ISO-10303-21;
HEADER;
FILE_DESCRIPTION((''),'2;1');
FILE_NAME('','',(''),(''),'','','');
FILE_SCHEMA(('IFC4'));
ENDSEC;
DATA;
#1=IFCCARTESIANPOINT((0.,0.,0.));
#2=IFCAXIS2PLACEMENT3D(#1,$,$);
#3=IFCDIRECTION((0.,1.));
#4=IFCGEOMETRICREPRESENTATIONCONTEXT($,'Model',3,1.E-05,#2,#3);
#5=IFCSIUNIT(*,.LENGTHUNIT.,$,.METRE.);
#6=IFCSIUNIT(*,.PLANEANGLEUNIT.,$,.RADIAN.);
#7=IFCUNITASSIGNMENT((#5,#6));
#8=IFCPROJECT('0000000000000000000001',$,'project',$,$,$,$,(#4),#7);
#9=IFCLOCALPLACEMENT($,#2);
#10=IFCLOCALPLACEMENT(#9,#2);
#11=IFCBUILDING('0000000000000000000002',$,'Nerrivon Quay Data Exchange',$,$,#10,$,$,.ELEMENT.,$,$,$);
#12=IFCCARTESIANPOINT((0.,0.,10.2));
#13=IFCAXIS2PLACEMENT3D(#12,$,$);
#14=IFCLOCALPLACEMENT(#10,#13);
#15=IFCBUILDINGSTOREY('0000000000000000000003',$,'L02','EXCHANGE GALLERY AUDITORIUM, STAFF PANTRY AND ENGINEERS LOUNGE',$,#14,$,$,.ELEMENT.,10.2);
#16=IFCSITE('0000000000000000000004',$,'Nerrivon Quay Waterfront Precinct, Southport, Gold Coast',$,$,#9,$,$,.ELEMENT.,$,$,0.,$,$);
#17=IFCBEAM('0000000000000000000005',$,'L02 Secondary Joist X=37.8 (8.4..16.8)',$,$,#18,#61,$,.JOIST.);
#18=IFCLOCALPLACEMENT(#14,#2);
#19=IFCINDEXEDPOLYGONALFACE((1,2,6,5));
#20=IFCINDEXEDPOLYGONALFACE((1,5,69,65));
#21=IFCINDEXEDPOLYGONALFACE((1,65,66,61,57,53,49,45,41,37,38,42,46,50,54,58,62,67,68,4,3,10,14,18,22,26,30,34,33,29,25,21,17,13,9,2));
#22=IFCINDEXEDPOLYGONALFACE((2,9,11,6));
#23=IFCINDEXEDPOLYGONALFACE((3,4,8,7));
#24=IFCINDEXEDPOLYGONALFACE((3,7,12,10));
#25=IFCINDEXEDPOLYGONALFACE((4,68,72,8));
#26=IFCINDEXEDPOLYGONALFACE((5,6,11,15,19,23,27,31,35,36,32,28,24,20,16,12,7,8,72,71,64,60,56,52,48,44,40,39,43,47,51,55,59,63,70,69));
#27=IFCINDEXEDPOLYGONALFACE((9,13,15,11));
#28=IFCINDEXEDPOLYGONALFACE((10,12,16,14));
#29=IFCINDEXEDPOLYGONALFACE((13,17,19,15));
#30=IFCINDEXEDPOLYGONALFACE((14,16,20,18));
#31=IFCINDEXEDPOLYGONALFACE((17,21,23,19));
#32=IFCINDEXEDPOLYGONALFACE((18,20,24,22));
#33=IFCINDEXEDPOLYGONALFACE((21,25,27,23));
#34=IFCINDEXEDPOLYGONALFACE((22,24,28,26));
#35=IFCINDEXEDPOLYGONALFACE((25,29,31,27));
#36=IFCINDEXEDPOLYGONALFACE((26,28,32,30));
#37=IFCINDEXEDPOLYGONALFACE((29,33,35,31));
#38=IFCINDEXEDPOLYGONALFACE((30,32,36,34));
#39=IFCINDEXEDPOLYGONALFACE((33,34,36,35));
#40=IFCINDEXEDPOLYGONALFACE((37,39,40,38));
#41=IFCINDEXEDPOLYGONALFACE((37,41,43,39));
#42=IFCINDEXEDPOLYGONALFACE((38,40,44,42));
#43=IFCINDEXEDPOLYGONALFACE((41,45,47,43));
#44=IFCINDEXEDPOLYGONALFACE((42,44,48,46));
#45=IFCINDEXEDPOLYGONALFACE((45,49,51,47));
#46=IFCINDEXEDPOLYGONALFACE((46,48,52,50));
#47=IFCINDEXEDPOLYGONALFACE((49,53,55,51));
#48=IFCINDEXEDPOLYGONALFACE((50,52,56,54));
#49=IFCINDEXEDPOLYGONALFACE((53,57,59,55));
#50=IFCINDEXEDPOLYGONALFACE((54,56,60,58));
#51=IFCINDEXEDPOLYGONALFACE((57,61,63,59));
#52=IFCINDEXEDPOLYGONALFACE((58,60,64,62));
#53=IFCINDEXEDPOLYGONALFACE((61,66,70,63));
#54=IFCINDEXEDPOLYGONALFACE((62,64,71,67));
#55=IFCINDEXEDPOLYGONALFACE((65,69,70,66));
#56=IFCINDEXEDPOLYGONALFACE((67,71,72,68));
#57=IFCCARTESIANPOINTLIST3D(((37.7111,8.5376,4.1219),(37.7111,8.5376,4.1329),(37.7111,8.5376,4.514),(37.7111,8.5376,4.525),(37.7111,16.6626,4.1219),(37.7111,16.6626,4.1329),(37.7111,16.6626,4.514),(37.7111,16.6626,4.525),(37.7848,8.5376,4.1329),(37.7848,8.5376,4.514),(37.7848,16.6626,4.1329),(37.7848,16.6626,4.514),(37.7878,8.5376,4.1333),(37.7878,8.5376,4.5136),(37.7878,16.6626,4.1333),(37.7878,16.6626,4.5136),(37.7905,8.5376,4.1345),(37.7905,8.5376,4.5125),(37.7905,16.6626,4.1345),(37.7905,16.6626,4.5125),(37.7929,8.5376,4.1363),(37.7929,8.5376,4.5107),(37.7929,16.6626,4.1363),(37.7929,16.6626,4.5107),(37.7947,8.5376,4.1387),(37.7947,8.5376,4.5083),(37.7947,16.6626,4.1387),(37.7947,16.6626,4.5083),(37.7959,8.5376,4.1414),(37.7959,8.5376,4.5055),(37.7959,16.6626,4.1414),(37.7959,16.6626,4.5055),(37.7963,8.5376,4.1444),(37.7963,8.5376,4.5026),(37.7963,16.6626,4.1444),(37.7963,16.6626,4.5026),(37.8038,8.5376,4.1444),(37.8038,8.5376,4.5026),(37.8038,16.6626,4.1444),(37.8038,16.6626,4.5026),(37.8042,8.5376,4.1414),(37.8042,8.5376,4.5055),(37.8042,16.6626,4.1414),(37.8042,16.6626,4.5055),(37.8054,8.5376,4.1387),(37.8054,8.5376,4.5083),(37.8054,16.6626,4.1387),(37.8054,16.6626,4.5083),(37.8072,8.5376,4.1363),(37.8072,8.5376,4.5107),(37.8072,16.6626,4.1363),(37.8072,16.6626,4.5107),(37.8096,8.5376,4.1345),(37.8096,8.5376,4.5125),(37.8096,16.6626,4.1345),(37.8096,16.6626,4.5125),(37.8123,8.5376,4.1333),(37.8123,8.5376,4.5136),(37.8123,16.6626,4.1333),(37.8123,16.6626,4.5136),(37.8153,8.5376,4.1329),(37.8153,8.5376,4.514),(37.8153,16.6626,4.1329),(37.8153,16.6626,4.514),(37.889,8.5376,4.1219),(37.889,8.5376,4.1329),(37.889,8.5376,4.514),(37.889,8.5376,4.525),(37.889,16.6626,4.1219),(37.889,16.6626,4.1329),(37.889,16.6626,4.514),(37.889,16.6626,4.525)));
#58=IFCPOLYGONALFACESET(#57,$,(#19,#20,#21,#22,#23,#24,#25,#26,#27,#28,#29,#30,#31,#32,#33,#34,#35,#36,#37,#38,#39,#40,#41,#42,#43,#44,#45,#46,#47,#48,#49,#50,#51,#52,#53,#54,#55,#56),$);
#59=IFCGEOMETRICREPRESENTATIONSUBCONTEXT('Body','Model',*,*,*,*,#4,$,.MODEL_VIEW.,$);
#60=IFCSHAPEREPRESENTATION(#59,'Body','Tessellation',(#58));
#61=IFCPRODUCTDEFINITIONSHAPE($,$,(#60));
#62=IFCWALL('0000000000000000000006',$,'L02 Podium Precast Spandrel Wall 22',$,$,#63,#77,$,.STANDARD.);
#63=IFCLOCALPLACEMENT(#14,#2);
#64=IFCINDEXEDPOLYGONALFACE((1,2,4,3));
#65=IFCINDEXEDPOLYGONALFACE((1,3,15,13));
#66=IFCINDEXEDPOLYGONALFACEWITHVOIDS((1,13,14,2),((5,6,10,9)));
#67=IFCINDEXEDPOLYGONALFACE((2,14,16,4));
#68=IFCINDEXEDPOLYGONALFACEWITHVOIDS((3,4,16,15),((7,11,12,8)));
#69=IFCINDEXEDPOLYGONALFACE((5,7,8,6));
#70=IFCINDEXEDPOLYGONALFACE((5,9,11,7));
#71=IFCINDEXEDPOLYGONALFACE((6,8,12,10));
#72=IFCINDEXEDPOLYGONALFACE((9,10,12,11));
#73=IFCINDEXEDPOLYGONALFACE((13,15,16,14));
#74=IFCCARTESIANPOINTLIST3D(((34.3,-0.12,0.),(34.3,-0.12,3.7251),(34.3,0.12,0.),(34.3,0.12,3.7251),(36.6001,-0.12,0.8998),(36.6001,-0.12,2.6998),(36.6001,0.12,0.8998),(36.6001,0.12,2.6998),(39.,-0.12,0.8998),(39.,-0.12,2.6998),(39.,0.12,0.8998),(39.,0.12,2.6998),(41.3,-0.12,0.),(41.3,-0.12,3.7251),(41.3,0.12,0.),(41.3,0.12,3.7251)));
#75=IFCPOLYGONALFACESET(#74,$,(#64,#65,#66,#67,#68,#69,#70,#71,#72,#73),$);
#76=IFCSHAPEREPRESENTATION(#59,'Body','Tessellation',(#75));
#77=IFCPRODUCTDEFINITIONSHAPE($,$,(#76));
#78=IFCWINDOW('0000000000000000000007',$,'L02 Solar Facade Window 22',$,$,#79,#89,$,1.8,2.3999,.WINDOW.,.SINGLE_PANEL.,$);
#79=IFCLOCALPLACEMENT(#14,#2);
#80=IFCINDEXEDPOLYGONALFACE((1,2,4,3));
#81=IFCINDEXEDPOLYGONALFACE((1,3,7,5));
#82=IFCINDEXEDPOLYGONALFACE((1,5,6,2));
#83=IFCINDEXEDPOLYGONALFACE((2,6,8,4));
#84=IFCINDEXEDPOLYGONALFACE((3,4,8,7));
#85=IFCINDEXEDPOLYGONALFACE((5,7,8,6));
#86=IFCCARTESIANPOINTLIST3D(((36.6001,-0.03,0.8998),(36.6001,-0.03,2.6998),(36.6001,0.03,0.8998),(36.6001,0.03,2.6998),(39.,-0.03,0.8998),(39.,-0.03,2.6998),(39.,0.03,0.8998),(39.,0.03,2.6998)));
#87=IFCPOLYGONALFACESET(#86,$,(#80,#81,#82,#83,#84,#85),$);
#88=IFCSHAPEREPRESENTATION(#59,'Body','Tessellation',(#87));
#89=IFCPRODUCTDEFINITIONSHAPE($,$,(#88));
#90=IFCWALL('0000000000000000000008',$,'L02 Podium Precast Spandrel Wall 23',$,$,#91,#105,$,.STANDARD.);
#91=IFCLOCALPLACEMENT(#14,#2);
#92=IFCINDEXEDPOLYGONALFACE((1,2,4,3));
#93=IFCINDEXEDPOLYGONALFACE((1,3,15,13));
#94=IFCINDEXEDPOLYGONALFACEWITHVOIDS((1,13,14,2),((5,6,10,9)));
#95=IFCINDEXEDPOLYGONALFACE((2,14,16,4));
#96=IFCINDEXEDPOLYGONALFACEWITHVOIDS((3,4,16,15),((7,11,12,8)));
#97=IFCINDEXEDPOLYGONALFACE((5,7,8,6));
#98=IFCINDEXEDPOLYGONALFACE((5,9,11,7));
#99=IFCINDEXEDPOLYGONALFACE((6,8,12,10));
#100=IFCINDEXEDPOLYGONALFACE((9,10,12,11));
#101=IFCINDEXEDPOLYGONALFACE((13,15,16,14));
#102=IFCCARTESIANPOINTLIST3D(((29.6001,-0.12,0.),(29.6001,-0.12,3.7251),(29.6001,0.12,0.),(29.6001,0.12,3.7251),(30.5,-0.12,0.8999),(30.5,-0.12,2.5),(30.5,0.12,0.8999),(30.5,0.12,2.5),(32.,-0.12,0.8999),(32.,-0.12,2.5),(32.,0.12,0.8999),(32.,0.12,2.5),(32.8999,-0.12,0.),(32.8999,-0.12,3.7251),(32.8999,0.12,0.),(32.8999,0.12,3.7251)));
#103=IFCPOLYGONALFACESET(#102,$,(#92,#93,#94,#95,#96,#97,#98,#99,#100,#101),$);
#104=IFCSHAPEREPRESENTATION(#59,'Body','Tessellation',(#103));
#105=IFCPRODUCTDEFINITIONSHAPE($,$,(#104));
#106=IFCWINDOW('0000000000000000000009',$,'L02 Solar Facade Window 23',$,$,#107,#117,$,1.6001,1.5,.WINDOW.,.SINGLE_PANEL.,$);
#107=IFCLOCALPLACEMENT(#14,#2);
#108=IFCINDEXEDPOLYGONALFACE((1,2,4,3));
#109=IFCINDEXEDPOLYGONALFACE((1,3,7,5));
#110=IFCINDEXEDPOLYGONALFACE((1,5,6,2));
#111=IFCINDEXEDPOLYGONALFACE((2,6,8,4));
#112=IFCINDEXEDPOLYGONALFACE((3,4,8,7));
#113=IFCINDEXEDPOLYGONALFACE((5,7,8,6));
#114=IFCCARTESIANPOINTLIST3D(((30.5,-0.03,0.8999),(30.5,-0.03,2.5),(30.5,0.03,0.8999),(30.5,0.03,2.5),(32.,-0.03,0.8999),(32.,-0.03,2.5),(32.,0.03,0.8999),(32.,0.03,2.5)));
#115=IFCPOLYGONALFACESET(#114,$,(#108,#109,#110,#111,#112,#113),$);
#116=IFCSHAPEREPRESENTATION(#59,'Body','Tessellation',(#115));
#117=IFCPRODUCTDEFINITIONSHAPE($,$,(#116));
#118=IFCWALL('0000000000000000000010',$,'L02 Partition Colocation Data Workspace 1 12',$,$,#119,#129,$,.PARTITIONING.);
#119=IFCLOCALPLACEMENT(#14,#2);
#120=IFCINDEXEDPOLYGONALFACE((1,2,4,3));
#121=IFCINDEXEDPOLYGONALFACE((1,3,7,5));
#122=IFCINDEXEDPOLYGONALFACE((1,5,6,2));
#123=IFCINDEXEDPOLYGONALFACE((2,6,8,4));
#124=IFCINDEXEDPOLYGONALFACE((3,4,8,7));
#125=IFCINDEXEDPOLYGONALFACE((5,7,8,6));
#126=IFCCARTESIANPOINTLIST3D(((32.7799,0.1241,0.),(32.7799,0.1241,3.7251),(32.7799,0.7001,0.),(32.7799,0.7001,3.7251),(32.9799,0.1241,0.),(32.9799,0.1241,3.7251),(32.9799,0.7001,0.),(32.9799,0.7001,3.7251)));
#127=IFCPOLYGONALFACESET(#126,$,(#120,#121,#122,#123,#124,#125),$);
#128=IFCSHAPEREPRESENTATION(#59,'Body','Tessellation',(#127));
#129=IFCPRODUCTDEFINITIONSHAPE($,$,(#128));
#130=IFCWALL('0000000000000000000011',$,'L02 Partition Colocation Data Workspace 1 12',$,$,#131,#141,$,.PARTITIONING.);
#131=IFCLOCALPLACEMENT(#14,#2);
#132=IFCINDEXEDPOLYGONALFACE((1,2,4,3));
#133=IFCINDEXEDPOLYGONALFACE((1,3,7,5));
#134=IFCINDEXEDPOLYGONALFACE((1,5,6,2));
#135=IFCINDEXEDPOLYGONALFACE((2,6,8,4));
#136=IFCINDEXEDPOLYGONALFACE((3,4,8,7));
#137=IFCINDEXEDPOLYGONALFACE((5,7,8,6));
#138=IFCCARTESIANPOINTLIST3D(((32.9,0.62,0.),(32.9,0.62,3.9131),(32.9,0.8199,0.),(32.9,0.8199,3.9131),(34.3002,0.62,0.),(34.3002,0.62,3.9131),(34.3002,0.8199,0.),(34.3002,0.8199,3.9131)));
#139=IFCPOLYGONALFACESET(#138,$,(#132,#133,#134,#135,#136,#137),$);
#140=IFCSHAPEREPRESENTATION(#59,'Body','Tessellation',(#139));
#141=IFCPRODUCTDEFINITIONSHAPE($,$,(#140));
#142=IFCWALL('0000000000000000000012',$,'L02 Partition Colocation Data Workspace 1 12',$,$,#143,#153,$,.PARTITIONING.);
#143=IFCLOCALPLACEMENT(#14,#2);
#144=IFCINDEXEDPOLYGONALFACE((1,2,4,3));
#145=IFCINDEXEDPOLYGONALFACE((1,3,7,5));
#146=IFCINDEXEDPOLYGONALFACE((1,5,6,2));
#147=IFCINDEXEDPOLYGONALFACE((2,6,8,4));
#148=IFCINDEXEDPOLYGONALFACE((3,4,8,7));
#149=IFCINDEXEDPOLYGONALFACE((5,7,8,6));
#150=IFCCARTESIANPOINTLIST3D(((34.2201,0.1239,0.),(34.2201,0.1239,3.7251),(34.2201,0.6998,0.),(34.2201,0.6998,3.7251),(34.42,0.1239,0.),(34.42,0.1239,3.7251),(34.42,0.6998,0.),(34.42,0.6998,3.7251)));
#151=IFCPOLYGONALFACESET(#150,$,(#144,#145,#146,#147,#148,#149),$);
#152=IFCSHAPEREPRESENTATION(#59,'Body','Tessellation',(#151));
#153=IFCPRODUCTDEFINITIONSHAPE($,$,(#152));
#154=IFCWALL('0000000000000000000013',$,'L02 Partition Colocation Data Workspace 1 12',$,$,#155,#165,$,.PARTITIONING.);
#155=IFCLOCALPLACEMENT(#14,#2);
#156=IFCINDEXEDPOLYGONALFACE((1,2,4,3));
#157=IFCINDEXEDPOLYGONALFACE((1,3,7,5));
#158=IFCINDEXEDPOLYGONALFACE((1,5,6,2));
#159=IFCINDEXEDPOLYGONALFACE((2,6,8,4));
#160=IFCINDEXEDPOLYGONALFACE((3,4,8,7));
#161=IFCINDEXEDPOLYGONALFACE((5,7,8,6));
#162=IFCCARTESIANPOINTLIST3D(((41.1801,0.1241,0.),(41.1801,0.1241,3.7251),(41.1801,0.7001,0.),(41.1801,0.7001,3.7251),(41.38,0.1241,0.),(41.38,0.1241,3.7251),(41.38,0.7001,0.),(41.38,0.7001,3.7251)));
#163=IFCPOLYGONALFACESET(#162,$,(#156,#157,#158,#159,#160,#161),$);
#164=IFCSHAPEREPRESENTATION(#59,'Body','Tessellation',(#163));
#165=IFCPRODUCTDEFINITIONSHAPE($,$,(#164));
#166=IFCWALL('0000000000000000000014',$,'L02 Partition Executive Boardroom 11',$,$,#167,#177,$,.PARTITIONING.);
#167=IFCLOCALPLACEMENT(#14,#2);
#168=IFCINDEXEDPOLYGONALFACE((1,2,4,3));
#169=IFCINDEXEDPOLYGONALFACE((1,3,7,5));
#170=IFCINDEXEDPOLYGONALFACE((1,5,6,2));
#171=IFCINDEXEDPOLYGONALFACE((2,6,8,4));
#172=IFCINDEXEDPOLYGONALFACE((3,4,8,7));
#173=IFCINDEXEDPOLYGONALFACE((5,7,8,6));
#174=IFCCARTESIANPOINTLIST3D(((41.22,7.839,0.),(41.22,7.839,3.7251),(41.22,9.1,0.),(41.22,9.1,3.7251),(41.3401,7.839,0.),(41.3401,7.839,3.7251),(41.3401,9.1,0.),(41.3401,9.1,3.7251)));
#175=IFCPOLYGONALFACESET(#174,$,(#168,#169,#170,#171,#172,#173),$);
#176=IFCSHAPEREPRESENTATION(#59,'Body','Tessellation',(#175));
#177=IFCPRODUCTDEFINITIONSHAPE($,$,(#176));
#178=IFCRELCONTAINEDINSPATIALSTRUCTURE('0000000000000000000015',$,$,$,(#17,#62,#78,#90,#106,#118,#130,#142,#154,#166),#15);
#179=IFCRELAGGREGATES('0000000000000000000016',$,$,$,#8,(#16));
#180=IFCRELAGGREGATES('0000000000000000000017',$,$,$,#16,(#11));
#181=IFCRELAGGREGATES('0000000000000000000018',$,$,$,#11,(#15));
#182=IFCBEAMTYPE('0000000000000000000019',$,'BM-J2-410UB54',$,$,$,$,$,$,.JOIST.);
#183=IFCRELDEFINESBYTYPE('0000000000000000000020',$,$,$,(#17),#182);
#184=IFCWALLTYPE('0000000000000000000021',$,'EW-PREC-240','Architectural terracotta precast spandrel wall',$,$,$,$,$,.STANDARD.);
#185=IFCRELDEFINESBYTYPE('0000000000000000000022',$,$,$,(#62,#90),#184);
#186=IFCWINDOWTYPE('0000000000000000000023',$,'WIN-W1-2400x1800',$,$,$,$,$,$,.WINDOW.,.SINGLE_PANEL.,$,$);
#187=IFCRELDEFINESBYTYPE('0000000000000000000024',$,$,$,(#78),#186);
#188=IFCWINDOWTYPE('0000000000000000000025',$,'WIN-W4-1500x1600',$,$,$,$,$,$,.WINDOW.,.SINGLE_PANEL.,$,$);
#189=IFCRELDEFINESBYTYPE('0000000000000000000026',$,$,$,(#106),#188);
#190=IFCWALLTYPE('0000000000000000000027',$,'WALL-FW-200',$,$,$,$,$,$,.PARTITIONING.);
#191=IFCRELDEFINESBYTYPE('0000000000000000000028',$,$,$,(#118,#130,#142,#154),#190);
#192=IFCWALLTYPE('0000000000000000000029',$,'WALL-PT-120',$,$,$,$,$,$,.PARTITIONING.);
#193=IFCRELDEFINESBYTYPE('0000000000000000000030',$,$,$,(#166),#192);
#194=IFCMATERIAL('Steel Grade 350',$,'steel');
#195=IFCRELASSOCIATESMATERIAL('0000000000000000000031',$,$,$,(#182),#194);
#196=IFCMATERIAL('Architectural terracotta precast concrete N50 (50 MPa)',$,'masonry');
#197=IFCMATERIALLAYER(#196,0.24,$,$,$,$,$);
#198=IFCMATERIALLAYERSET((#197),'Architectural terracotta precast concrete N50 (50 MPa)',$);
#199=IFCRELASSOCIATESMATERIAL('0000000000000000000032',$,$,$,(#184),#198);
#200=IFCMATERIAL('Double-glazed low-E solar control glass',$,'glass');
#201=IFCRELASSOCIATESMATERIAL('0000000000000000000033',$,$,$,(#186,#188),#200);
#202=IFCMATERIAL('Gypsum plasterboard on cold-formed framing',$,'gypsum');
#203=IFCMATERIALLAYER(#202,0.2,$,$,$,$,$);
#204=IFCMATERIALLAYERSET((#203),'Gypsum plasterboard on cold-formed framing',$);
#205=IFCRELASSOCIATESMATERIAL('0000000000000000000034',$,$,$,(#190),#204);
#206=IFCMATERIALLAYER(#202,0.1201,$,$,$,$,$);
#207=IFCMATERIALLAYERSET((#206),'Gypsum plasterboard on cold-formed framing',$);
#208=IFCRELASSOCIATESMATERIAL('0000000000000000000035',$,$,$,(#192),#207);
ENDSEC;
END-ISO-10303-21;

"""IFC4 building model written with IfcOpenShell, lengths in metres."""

from ifc_helpers import new_model, si_unit, direction, frame, frame_2d, origin, origin_2d, place, context, subcontext, project, spatial, rectangle, i_section, extrude, material, layer, layer_set, material_profile, profile_set, type_object, element, fill, save


model = new_model("IFC4")

# Units and contexts
model_context = context("Model", 3, precision=1e-05, world=origin(), true_north=direction((0.0, 1.0)))
body_context = subcontext(model_context, "Body", "Model", "MODEL_VIEW")
ifc_project = project(units=[si_unit("LENGTHUNIT", "METRE"), si_unit("PLANEANGLEUNIT", "RADIAN")], contexts=[model_context])

# Site, building, storey
site_placement = place(None, origin())
site = spatial("IfcSite", under=ifc_project, at=site_placement, Name="Nerrivon Quay Waterfront Precinct, Southport, Gold Coast", CompositionType="ELEMENT", RefElevation=0.0)
building_placement = place(site_placement, origin())
building = spatial("IfcBuilding", under=site, at=building_placement, Name="Nerrivon Quay Data Exchange", CompositionType="ELEMENT")
storey_placement = place(building_placement, frame((0.0, 0.0, 10.2)))
storey = spatial("IfcBuildingStorey", under=building, at=storey_placement, Name="L02", Description="EXCHANGE GALLERY AUDITORIUM, STAFF PANTRY AND ENGINEERS LOUNGE", CompositionType="ELEMENT", Elevation=10.2)

# Beam
ifc_material_1 = material(Name="Steel Grade 350", Category="steel")
ifc_material_profile_1 = material_profile(ifc_material_1, i_section(OverallWidth=0.178, OverallDepth=0.4031, WebThickness=0.0076, FlangeThickness=0.011, FilletRadius=0.0115, at=origin_2d()), Name="410UB53.7")
ifc_profile_set_1 = profile_set([ifc_material_profile_1], Name="Steel Grade 350")
beam_type_1 = type_object("IfcBeamType", Name="BM-J2-410UB54", PredefinedType="JOIST", material=ifc_profile_set_1)
for number, where, z_axis, x_axis, name in (
    (1, (37.8, 8.5376, 4.3235), (0.0, 1.0, 0.0), (-1.0, 0.0, 0.0), "L02 Secondary Joist X=37.8 (8.4..16.8)"),
):
    element("IfcBeam", number, at=place(storey_placement, frame(where, z_axis=z_axis, x_axis=x_axis)), inside=storey, type_object=beam_type_1, Name=name, PredefinedType="JOIST", context=body_context, shape_type="SweptSolid", body=[
        extrude(i_section(OverallWidth=0.178, OverallDepth=0.4031, WebThickness=0.0076, FlangeThickness=0.011, FilletRadius=0.0115, at=origin_2d()), origin(), (0.0, 0.0, 1.0), 8.125),
    ])

# Walls, openings, windows
ifc_material_2 = material(Name="Architectural terracotta precast concrete N50 (50 MPa)", Category="masonry")
ifc_layer_1 = layer(ifc_material_2, 0.24)
ifc_layer_set_1 = layer_set([ifc_layer_1], Name="Architectural terracotta precast concrete N50 (50 MPa)")
wall_type_1 = type_object("IfcWallType", Name="EW-PREC-240", Description="Architectural terracotta precast spandrel wall", PredefinedType="STANDARD", material=ifc_layer_set_1)
wall_1_placement = place(storey_placement, frame((41.3, 0.0, 0.0), z_axis=(0.0, 0.0, 1.0), x_axis=(-1.0, 0.0, 0.0)))
wall_1 = element("IfcWall", 2, at=wall_1_placement, inside=storey, type_object=wall_type_1, Name="L02 Podium Precast Spandrel Wall 22", PredefinedType="STANDARD", context=body_context, shape_type="SweptSolid", body=[
    extrude(rectangle(XDim=7.0, YDim=0.24, at=frame_2d((3.5, 0.0))), origin(), (0.0, 0.0, 1.0), 3.7251),
])
opening_1_placement = place(wall_1_placement, frame((2.3, 0.0, 0.8999)))
opening_1 = element("IfcOpeningElement", 3, at=opening_1_placement, cuts=wall_1, PredefinedType="OPENING", context=body_context, shape_type="SweptSolid", body=[
    extrude(rectangle(XDim=2.3999, YDim=1.8, at=frame_2d((1.2, 0.8999))), frame((0.0, 0.1299, 0.0), z_axis=(0.0, -1.0, 0.0), x_axis=(1.0, 0.0, 0.0)), (0.0, 0.0, 1.0), 0.26),
])
ifc_material_3 = material(Name="Double-glazed low-E solar control glass", Category="glass")
window_type_1 = type_object("IfcWindowType", Name="WIN-W1-2400x1800", PartitioningType="SINGLE_PANEL", PredefinedType="WINDOW", material=ifc_material_3)
window_1_placement = place(opening_1_placement, origin())
window_1 = element("IfcWindow", 4, at=window_1_placement, inside=storey, type_object=window_type_1, Name="L02 Solar Facade Window 22", OverallHeight=1.8, OverallWidth=2.3999, PartitioningType="SINGLE_PANEL", PredefinedType="WINDOW", context=body_context, shape_type="SweptSolid", body=[
    extrude(rectangle(XDim=2.3999, YDim=1.8, at=frame_2d((1.2, 0.8999))), frame((0.0, 0.03, 0.0), z_axis=(0.0, -1.0, 0.0), x_axis=(1.0, 0.0, 0.0)), (0.0, 0.0, 1.0), 0.0601),
])
fill(opening_1, window_1)
wall_2_placement = place(storey_placement, frame((32.8999, 0.0, 0.0), z_axis=(0.0, 0.0, 1.0), x_axis=(-1.0, 0.0, 0.0)))
wall_2 = element("IfcWall", 5, at=wall_2_placement, inside=storey, type_object=wall_type_1, Name="L02 Podium Precast Spandrel Wall 23", PredefinedType="STANDARD", context=body_context, shape_type="SweptSolid", body=[
    extrude(rectangle(XDim=3.2998, YDim=0.24, at=frame_2d((1.6499, 0.0))), origin(), (0.0, 0.0, 1.0), 3.7251),
])
opening_2_placement = place(wall_2_placement, frame((0.8999, 0.0, 0.8999)))
opening_2 = element("IfcOpeningElement", 6, at=opening_2_placement, cuts=wall_2, PredefinedType="OPENING", context=body_context, shape_type="SweptSolid", body=[
    extrude(rectangle(XDim=1.5, YDim=1.6001, at=frame_2d((0.75, 0.8))), frame((0.0, 0.1299, 0.0), z_axis=(0.0, -1.0, 0.0), x_axis=(1.0, 0.0, 0.0)), (0.0, 0.0, 1.0), 0.26),
])
window_type_2 = type_object("IfcWindowType", Name="WIN-W4-1500x1600", PartitioningType="SINGLE_PANEL", PredefinedType="WINDOW", material=ifc_material_3)
window_2_placement = place(opening_2_placement, origin())
window_2 = element("IfcWindow", 7, at=window_2_placement, inside=storey, type_object=window_type_2, Name="L02 Solar Facade Window 23", OverallHeight=1.6001, OverallWidth=1.5, PartitioningType="SINGLE_PANEL", PredefinedType="WINDOW", context=body_context, shape_type="SweptSolid", body=[
    extrude(rectangle(XDim=1.5, YDim=1.6001, at=frame_2d((0.75, 0.8))), frame((0.0, 0.03, 0.0), z_axis=(0.0, -1.0, 0.0), x_axis=(1.0, 0.0, 0.0)), (0.0, 0.0, 1.0), 0.0601),
])
fill(opening_2, window_2)

# Walls
ifc_material_4 = material(Name="Gypsum plasterboard on cold-formed framing", Category="gypsum")
ifc_layer_2 = layer(ifc_material_4, 0.2)
ifc_layer_set_2 = layer_set([ifc_layer_2], Name="Gypsum plasterboard on cold-formed framing")
wall_type_2 = type_object("IfcWallType", Name="WALL-FW-200", PredefinedType="PARTITIONING", material=ifc_layer_set_2)
wall_3_placement = place(storey_placement, frame((32.8799, 0.124, 0.0), z_axis=(0.0, 0.0, 1.0), x_axis=(0.0, 1.0, 0.0)))
element("IfcWall", 8, at=wall_3_placement, inside=storey, type_object=wall_type_2, Name="L02 Partition Colocation Data Workspace 1 12", PredefinedType="PARTITIONING", context=body_context, shape_type="SweptSolid", body=[
    extrude(rectangle(XDim=0.5759, YDim=0.2, at=frame_2d((0.2881, 0.0))), origin(), (0.0, 0.0, 1.0), 3.7251),
])
wall_4_placement = place(storey_placement, frame((32.8999, 0.72, 0.0), z_axis=(0.0, 0.0, 1.0), x_axis=(1.0, 0.0, 0.0)))
element("IfcWall", 9, at=wall_4_placement, inside=storey, type_object=wall_type_2, Name="L02 Partition Colocation Data Workspace 1 12", PredefinedType="PARTITIONING", context=body_context, shape_type="SweptSolid", body=[
    extrude(rectangle(XDim=1.4001, YDim=0.2, at=frame_2d((0.7002, 0.0))), origin(), (0.0, 0.0, 1.0), 3.9131),
])
for number, where, z_axis, x_axis, name in (
    (10, (34.3201, 0.7, 0.0), (0.0, 0.0, 1.0), (0.0, -1.0, 0.0), "L02 Partition Colocation Data Workspace 1 12"),
    (11, (41.28, 0.124, 0.0), (0.0, 0.0, 1.0), (0.0, 1.0, 0.0), "L02 Partition Colocation Data Workspace 1 12"),
):
    element("IfcWall", number, at=place(storey_placement, frame(where, z_axis=z_axis, x_axis=x_axis)), inside=storey, type_object=wall_type_2, Name=name, PredefinedType="PARTITIONING", context=body_context, shape_type="SweptSolid", body=[
        extrude(rectangle(XDim=0.5759, YDim=0.2, at=frame_2d((0.2881, 0.0))), origin(), (0.0, 0.0, 1.0), 3.7251),
    ])
ifc_layer_3 = layer(ifc_material_4, 0.1201)
ifc_layer_set_3 = layer_set([ifc_layer_3], Name="Gypsum plasterboard on cold-formed framing")
wall_type_3 = type_object("IfcWallType", Name="WALL-PT-120", PredefinedType="PARTITIONING", material=ifc_layer_set_3)
wall_5_placement = place(storey_placement, frame((41.28, 7.8391, 0.0), z_axis=(0.0, 0.0, 1.0), x_axis=(0.0, 1.0, 0.0)))
element("IfcWall", 12, at=wall_5_placement, inside=storey, type_object=wall_type_3, Name="L02 Partition Executive Boardroom 11", PredefinedType="PARTITIONING", context=body_context, shape_type="SweptSolid", body=[
    extrude(rectangle(XDim=1.261, YDim=0.1201, at=frame_2d((0.6304, 0.0))), origin(), (0.0, 0.0, 1.0), 3.7251),
])

save(model, "model.ifc")
